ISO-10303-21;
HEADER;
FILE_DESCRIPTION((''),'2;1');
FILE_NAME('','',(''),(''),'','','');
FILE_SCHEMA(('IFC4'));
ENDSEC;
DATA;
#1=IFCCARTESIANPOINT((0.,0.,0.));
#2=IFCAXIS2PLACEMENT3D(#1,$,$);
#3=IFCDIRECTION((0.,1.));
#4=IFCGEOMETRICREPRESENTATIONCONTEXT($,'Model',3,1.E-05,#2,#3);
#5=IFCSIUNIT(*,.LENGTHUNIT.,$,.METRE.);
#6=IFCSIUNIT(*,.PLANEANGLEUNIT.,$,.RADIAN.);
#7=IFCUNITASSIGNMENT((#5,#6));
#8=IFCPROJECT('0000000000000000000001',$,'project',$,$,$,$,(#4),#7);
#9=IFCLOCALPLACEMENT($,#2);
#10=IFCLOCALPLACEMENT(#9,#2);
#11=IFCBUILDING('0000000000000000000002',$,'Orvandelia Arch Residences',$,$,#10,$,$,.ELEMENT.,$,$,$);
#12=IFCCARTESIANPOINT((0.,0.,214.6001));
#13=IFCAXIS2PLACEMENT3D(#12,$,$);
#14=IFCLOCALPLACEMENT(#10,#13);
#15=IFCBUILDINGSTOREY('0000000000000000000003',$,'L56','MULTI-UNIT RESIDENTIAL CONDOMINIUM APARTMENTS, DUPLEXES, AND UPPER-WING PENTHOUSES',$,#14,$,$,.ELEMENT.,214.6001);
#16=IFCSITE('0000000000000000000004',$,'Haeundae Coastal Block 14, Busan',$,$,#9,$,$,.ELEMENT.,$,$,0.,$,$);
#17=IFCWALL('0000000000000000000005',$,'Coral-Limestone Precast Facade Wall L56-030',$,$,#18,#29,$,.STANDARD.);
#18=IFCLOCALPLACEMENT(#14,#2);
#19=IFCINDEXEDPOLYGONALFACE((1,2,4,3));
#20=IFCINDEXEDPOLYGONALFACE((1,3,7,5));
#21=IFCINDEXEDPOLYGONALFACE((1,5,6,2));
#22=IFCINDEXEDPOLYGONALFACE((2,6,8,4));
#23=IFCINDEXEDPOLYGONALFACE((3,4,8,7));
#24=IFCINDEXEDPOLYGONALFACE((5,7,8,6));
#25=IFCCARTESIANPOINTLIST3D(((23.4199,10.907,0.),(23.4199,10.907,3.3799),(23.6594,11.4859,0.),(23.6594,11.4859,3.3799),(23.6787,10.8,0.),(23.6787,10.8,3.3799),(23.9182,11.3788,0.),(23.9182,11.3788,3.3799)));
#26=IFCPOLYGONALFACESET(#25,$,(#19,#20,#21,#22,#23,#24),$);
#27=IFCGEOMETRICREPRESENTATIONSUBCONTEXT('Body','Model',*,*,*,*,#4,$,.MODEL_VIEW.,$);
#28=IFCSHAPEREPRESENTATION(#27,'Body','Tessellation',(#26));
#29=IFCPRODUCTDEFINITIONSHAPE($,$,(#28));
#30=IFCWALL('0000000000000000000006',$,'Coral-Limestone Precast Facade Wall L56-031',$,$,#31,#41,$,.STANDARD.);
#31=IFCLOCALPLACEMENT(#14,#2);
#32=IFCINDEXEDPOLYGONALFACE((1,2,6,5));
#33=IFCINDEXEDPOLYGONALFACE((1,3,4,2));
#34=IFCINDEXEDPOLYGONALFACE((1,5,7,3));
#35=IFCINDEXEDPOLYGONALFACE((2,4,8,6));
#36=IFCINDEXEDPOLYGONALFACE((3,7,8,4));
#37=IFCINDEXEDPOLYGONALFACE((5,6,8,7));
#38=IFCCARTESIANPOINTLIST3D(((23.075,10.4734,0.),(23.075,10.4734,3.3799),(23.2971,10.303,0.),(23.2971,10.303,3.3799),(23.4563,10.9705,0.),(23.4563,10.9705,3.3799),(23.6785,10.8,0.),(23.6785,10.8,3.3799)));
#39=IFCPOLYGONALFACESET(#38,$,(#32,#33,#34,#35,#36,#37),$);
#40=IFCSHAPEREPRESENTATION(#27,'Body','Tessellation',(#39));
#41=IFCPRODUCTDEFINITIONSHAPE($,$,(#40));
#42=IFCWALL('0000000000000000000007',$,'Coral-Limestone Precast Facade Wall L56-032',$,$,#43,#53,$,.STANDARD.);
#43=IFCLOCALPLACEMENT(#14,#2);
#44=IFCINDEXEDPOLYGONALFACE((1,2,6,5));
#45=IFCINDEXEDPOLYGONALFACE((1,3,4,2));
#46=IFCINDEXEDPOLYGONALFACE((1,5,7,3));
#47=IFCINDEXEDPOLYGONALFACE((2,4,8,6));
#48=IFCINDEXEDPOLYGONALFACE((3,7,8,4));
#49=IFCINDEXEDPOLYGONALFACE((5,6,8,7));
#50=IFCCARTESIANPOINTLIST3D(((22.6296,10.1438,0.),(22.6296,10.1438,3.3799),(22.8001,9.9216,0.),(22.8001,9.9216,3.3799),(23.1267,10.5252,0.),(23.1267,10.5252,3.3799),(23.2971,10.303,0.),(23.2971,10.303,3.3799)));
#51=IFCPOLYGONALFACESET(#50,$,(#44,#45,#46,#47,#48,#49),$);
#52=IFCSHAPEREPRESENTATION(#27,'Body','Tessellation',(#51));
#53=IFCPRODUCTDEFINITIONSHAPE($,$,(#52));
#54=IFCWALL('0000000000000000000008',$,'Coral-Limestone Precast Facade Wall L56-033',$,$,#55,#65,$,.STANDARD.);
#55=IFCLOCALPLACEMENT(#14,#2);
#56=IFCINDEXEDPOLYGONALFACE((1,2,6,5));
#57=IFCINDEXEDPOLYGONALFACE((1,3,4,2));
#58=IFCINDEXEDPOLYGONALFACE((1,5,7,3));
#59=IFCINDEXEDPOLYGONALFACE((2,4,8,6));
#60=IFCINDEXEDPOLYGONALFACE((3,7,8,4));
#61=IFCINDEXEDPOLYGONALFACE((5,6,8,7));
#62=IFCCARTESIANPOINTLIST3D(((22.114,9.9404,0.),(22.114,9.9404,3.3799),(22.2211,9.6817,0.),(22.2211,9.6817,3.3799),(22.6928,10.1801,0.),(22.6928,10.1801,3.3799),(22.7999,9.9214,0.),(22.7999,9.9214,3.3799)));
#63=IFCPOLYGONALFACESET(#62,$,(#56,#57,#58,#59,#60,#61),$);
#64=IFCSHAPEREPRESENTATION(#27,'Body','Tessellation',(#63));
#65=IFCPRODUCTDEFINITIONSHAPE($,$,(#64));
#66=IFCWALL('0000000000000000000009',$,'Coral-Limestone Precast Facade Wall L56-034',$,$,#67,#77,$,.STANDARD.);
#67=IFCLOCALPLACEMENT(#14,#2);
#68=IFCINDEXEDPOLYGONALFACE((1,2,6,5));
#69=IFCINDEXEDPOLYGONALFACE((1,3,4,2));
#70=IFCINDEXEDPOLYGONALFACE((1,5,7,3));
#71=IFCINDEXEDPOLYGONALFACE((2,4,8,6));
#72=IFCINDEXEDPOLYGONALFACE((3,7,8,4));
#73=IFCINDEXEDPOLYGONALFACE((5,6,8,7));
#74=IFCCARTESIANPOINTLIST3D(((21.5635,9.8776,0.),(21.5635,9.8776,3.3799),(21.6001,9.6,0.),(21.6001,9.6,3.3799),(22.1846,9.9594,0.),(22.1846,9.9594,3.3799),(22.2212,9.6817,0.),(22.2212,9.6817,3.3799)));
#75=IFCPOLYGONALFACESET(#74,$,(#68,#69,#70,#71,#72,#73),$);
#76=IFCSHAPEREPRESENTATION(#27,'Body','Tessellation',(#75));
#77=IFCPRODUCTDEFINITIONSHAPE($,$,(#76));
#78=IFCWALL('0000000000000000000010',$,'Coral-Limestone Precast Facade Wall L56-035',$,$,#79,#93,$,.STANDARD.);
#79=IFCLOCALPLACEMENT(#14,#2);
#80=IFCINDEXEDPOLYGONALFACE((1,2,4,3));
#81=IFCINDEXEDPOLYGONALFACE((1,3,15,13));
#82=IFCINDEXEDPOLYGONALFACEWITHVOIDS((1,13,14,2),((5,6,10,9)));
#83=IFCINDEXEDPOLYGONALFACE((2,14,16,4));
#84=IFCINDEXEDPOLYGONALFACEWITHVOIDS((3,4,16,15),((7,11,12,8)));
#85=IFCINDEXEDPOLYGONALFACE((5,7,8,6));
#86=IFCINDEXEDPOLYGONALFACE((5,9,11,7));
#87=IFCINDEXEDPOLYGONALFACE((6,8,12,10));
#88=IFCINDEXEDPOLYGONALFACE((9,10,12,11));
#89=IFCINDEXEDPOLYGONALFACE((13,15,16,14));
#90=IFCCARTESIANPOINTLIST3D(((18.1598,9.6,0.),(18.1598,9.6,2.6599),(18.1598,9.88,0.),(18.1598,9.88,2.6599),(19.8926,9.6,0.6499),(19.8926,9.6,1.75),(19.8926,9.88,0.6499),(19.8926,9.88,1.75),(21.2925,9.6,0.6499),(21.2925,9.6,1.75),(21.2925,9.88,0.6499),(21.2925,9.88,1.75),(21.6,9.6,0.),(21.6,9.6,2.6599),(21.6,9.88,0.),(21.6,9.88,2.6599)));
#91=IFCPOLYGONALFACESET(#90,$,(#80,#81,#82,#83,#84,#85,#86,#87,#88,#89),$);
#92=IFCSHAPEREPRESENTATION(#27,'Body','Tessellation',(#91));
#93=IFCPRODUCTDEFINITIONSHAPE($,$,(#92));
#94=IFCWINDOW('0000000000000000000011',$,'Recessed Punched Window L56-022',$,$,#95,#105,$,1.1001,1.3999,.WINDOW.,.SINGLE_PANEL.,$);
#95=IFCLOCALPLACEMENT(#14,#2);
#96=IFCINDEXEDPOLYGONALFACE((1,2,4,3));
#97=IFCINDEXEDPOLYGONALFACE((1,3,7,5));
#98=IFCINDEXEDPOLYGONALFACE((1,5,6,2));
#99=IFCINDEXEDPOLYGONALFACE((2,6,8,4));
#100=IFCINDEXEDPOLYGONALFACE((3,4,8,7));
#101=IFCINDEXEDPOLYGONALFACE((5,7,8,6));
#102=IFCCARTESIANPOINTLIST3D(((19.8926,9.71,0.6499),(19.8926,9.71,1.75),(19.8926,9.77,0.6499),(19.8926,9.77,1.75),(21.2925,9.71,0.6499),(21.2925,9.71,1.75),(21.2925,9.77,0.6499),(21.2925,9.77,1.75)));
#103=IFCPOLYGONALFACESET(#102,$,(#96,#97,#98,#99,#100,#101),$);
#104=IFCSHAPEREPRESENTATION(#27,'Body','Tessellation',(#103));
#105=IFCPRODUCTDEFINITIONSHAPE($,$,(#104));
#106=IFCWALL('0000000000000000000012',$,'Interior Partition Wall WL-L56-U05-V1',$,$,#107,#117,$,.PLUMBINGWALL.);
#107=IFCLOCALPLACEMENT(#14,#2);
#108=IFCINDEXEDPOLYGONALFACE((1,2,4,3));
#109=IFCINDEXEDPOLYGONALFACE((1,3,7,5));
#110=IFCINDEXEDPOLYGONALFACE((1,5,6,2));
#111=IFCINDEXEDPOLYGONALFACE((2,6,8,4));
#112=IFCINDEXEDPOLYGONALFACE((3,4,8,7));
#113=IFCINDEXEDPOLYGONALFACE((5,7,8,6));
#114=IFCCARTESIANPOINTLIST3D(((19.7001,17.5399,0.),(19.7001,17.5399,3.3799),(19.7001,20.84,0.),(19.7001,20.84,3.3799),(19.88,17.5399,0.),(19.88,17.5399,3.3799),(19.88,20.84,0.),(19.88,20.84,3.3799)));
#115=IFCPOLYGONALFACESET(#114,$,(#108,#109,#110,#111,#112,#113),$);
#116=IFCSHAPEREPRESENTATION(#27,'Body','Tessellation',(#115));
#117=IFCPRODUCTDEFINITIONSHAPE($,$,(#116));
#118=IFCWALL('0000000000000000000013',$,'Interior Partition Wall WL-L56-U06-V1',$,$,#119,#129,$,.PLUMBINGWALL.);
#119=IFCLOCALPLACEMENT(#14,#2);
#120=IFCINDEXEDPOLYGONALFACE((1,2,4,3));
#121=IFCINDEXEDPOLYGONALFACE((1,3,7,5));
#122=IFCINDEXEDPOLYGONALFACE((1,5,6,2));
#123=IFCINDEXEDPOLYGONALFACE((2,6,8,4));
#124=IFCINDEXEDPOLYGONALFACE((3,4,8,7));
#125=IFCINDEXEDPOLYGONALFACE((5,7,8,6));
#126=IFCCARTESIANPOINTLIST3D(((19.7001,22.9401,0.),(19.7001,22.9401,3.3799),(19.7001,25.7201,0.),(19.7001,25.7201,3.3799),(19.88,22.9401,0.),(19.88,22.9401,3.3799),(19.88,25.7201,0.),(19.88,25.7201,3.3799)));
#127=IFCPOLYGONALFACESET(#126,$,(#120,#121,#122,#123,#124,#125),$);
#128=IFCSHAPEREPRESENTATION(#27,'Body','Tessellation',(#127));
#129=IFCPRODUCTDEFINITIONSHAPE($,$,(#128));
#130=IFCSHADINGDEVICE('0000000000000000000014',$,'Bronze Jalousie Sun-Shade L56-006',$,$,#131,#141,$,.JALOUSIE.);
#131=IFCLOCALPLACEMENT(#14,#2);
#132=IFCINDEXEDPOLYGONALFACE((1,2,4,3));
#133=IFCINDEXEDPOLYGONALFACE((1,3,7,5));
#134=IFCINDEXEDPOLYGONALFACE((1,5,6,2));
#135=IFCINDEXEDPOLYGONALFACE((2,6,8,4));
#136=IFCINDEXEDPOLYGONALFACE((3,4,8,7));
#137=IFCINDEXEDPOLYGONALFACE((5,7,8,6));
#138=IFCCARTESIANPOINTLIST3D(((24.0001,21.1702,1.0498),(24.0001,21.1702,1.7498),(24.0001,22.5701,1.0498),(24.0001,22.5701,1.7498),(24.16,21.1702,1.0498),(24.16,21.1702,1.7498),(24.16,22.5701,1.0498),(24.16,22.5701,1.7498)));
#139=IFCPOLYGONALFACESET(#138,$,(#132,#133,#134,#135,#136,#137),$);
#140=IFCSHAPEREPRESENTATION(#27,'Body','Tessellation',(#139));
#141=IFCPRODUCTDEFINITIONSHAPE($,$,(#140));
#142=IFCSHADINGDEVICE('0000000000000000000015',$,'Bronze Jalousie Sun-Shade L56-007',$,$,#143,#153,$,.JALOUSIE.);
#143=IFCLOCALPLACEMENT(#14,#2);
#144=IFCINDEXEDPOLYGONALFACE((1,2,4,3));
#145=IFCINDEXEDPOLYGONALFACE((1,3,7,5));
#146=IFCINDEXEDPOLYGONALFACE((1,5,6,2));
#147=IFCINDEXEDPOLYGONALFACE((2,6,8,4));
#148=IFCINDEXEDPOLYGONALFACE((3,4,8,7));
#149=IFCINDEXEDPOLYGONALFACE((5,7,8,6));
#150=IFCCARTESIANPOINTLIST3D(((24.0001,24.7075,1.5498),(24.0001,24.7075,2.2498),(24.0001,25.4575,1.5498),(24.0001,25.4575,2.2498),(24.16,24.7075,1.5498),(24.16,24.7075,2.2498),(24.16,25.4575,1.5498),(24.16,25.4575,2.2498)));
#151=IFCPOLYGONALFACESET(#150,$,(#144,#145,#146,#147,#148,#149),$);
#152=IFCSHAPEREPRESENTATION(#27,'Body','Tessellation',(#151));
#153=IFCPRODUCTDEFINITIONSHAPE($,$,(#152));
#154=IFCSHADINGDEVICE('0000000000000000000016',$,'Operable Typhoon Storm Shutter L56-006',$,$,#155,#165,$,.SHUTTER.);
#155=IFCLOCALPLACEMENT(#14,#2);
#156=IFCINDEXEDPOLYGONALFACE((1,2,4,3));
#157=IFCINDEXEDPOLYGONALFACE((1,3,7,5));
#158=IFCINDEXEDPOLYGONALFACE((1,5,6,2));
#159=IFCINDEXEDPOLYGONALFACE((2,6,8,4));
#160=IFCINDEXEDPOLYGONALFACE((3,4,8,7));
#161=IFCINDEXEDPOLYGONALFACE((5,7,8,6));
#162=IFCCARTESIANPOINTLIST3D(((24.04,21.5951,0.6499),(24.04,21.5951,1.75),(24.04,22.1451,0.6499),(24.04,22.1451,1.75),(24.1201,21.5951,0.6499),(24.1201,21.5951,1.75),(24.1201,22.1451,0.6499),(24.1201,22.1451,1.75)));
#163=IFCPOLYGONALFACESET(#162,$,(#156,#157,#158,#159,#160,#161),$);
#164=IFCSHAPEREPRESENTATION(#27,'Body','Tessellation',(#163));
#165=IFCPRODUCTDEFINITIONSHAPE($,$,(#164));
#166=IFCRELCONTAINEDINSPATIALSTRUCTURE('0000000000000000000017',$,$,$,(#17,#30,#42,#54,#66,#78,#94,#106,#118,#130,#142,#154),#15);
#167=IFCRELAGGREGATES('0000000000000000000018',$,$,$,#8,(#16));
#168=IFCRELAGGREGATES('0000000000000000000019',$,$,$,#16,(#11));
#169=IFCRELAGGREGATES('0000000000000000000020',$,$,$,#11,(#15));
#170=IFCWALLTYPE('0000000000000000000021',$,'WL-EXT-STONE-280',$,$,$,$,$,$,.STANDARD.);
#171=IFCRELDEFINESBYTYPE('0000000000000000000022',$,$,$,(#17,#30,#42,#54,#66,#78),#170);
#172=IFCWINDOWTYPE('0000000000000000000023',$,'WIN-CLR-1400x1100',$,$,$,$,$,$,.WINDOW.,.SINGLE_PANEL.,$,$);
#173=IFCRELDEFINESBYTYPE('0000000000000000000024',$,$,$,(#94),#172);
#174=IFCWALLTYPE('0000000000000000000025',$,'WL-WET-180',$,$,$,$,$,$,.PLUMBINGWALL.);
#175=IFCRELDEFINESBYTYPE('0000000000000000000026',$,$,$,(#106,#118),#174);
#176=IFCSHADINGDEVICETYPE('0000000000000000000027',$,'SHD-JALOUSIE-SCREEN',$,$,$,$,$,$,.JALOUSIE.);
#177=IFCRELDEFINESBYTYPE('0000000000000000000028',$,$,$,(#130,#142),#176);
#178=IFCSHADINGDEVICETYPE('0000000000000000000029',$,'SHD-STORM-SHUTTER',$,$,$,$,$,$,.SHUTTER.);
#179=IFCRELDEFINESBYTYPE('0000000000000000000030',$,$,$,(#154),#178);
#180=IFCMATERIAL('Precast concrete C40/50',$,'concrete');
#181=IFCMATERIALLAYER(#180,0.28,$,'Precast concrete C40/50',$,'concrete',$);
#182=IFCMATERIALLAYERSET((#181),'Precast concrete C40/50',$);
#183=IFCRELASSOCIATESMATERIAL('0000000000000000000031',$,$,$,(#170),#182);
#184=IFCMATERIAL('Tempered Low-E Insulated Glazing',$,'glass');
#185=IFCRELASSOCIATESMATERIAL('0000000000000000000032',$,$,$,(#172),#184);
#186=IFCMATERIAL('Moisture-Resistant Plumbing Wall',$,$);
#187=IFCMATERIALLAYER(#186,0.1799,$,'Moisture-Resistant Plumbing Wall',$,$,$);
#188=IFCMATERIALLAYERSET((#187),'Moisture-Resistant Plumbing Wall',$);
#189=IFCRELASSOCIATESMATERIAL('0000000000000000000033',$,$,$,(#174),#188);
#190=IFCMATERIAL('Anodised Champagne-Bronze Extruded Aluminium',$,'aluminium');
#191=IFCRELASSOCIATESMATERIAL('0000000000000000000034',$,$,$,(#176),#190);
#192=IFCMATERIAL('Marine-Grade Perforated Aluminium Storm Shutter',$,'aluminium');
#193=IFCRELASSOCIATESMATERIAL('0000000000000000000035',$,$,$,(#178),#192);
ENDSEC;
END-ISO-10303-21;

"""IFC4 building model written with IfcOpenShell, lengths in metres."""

from ifc_helpers import new_model, si_unit, direction, frame, frame_2d, origin, origin_2d, place, context, subcontext, project, spatial, rectangle, extrude, material, layer, layer_set, type_object, element, fill, save


model = new_model("IFC4")

# Units and contexts
model_context = context("Model", 3, precision=1e-05, world=origin(), true_north=direction((0.0, 1.0)))
body_context = subcontext(model_context, "Body", "Model", "MODEL_VIEW")
ifc_project = project(units=[si_unit("LENGTHUNIT", "METRE"), si_unit("PLANEANGLEUNIT", "RADIAN")], contexts=[model_context])

# Site, building, storey
site_placement = place(None, origin())
site = spatial("IfcSite", under=ifc_project, at=site_placement, Name="Haeundae Coastal Block 14, Busan", CompositionType="ELEMENT", RefElevation=0.0)
building_placement = place(site_placement, origin())
building = spatial("IfcBuilding", under=site, at=building_placement, Name="Orvandelia Arch Residences", CompositionType="ELEMENT")
storey_placement = place(building_placement, frame((0.0, 0.0, 214.6001)))
storey = spatial("IfcBuildingStorey", under=building, at=storey_placement, Name="L56", Description="MULTI-UNIT RESIDENTIAL CONDOMINIUM APARTMENTS, DUPLEXES, AND UPPER-WING PENTHOUSES", CompositionType="ELEMENT", Elevation=214.6001)

# Walls
ifc_material_1 = material(Name="Precast concrete C40/50", Category="concrete")
ifc_layer_1 = layer(ifc_material_1, 0.28, Name="Precast concrete C40/50", Category="concrete")
ifc_layer_set_1 = layer_set([ifc_layer_1], Name="Precast concrete C40/50")
wall_type_1 = type_object("IfcWallType", Name="WL-EXT-STONE-280", PredefinedType="STANDARD", material=ifc_layer_set_1)
for number, where, z_axis, x_axis, name in (
    (1, (23.7888, 11.4324, 0.0), (0.0, 0.0, 1.0), (-0.382317, -0.924031, 0.0), "Coral-Limestone Precast Facade Wall L56-030"),
    (2, (23.5674, 10.8853, 0.0), (0.0, 0.0, 1.0), (-0.608693, -0.793406, 0.0), "Coral-Limestone Precast Facade Wall L56-031"),
    (3, (23.2119, 10.4141, 0.0), (0.0, 0.0, 1.0), (-0.793406, -0.608693, 0.0), "Coral-Limestone Precast Facade Wall L56-032"),
    (4, (22.7463, 10.0508, 0.0), (0.0, 0.0, 1.0), (-0.923893, -0.38265, 0.0), "Coral-Limestone Precast Facade Wall L56-033"),
    (5, (22.2029, 9.8206, 0.0), (0.0, 0.0, 1.0), (-0.991441, -0.130555, 0.0), "Coral-Limestone Precast Facade Wall L56-034"),
):
    element("IfcWall", number, at=place(storey_placement, frame(where, z_axis=z_axis, x_axis=x_axis)), inside=storey, type_object=wall_type_1, Name=name, PredefinedType="STANDARD", context=body_context, shape_type="SweptSolid", body=[
        extrude(rectangle(XDim=0.6265, YDim=0.28, at=frame_2d((0.3132, 0.0))), origin(), (0.0, 0.0, 1.0), 3.3799),
    ])

# Wall, opening, window
wall_1_placement = place(storey_placement, frame((21.6001, 9.74, 0.0), z_axis=(0.0, 0.0, 1.0), x_axis=(-1.0, 0.0, 0.0)))
wall_1 = element("IfcWall", 6, at=wall_1_placement, inside=storey, type_object=wall_type_1, Name="Coral-Limestone Precast Facade Wall L56-035", PredefinedType="STANDARD", context=body_context, shape_type="SweptSolid", body=[
    extrude(rectangle(XDim=3.4402, YDim=0.28, at=frame_2d((1.7202, 0.0))), origin(), (0.0, 0.0, 1.0), 2.6599),
])
opening_placement = place(wall_1_placement, frame((0.3076, 0.0, 0.6499)))
opening = element("IfcOpeningElement", 7, at=opening_placement, cuts=wall_1, PredefinedType="OPENING", context=body_context, shape_type="SweptSolid", body=[
    extrude(rectangle(XDim=1.3999, YDim=1.1001, at=frame_2d((0.7, 0.55))), frame((0.0, 0.1499, 0.0), z_axis=(0.0, -1.0, 0.0), x_axis=(1.0, 0.0, 0.0)), (0.0, 0.0, 1.0), 0.3),
])
ifc_material_2 = material(Name="Tempered Low-E Insulated Glazing", Category="glass")
window_type = type_object("IfcWindowType", Name="WIN-CLR-1400x1100", PartitioningType="SINGLE_PANEL", PredefinedType="WINDOW", material=ifc_material_2)
window_placement = place(opening_placement, origin())
window = element("IfcWindow", 8, at=window_placement, inside=storey, type_object=window_type, Name="Recessed Punched Window L56-022", OverallHeight=1.1001, OverallWidth=1.3999, PartitioningType="SINGLE_PANEL", PredefinedType="WINDOW", context=body_context, shape_type="SweptSolid", body=[
    extrude(rectangle(XDim=1.3999, YDim=1.1001, at=frame_2d((0.7, 0.55))), frame((0.0, 0.03, 0.0), z_axis=(0.0, -1.0, 0.0), x_axis=(1.0, 0.0, 0.0)), (0.0, 0.0, 1.0), 0.0601),
])
fill(opening, window)

# Walls
ifc_material_3 = material(Name="Moisture-Resistant Plumbing Wall")
ifc_layer_2 = layer(ifc_material_3, 0.1799, Name="Moisture-Resistant Plumbing Wall")
ifc_layer_set_2 = layer_set([ifc_layer_2], Name="Moisture-Resistant Plumbing Wall")
wall_type_2 = type_object("IfcWallType", Name="WL-WET-180", PredefinedType="PLUMBINGWALL", material=ifc_layer_set_2)
wall_2_placement = place(storey_placement, frame((19.79, 17.54, 0.0), z_axis=(0.0, 0.0, 1.0), x_axis=(0.0, 1.0, 0.0)))
element("IfcWall", 9, at=wall_2_placement, inside=storey, type_object=wall_type_2, Name="Interior Partition Wall WL-L56-U05-V1", PredefinedType="PLUMBINGWALL", context=body_context, shape_type="SweptSolid", body=[
    extrude(rectangle(XDim=3.3, YDim=0.1799, at=frame_2d((1.6499, 0.0))), origin(), (0.0, 0.0, 1.0), 3.3799),
])
wall_3_placement = place(storey_placement, frame((19.79, 22.9399, 0.0), z_axis=(0.0, 0.0, 1.0), x_axis=(0.0, 1.0, 0.0)))
element("IfcWall", 10, at=wall_3_placement, inside=storey, type_object=wall_type_2, Name="Interior Partition Wall WL-L56-U06-V1", PredefinedType="PLUMBINGWALL", context=body_context, shape_type="SweptSolid", body=[
    extrude(rectangle(XDim=2.78, YDim=0.1799, at=frame_2d((1.3901, 0.0))), origin(), (0.0, 0.0, 1.0), 3.3799),
])

# Shading devices
ifc_material_4 = material(Name="Anodised Champagne-Bronze Extruded Aluminium", Category="aluminium")
shading_device_type_1 = type_object("IfcShadingDeviceType", Name="SHD-JALOUSIE-SCREEN", PredefinedType="JALOUSIE", material=ifc_material_4)
shading_device_1_placement = place(storey_placement, frame((24.0801, 21.8701, 1.0498), z_axis=(0.0, 0.0, 1.0), x_axis=(0.0, -1.0, 0.0)))
element("IfcShadingDevice", 11, at=shading_device_1_placement, inside=storey, type_object=shading_device_type_1, Name="Bronze Jalousie Sun-Shade L56-006", PredefinedType="JALOUSIE", context=body_context, shape_type="SweptSolid", body=[
    extrude(rectangle(XDim=1.3999, YDim=0.1599, at=origin_2d()), origin(), (0.0, 0.0, 1.0), 0.7),
])
shading_device_2_placement = place(storey_placement, frame((24.0801, 25.0825, 1.5498), z_axis=(0.0, 0.0, 1.0), x_axis=(0.0, -1.0, 0.0)))
element("IfcShadingDevice", 12, at=shading_device_2_placement, inside=storey, type_object=shading_device_type_1, Name="Bronze Jalousie Sun-Shade L56-007", PredefinedType="JALOUSIE", context=body_context, shape_type="SweptSolid", body=[
    extrude(rectangle(XDim=0.75, YDim=0.1599, at=origin_2d()), origin(), (0.0, 0.0, 1.0), 0.7),
])
ifc_material_5 = material(Name="Marine-Grade Perforated Aluminium Storm Shutter", Category="aluminium")
shading_device_type_2 = type_object("IfcShadingDeviceType", Name="SHD-STORM-SHUTTER", PredefinedType="SHUTTER", material=ifc_material_5)
shading_device_3_placement = place(storey_placement, frame((24.0801, 21.8701, 0.6499), z_axis=(0.0, 0.0, 1.0), x_axis=(0.0, -1.0, 0.0)))
element("IfcShadingDevice", 13, at=shading_device_3_placement, inside=storey, type_object=shading_device_type_2, Name="Operable Typhoon Storm Shutter L56-006", PredefinedType="SHUTTER", context=body_context, shape_type="SweptSolid", body=[
    extrude(rectangle(XDim=0.55, YDim=0.0801, at=origin_2d()), origin(), (0.0, 0.0, 1.0), 1.1001),
])

save(model, "model.ifc")
